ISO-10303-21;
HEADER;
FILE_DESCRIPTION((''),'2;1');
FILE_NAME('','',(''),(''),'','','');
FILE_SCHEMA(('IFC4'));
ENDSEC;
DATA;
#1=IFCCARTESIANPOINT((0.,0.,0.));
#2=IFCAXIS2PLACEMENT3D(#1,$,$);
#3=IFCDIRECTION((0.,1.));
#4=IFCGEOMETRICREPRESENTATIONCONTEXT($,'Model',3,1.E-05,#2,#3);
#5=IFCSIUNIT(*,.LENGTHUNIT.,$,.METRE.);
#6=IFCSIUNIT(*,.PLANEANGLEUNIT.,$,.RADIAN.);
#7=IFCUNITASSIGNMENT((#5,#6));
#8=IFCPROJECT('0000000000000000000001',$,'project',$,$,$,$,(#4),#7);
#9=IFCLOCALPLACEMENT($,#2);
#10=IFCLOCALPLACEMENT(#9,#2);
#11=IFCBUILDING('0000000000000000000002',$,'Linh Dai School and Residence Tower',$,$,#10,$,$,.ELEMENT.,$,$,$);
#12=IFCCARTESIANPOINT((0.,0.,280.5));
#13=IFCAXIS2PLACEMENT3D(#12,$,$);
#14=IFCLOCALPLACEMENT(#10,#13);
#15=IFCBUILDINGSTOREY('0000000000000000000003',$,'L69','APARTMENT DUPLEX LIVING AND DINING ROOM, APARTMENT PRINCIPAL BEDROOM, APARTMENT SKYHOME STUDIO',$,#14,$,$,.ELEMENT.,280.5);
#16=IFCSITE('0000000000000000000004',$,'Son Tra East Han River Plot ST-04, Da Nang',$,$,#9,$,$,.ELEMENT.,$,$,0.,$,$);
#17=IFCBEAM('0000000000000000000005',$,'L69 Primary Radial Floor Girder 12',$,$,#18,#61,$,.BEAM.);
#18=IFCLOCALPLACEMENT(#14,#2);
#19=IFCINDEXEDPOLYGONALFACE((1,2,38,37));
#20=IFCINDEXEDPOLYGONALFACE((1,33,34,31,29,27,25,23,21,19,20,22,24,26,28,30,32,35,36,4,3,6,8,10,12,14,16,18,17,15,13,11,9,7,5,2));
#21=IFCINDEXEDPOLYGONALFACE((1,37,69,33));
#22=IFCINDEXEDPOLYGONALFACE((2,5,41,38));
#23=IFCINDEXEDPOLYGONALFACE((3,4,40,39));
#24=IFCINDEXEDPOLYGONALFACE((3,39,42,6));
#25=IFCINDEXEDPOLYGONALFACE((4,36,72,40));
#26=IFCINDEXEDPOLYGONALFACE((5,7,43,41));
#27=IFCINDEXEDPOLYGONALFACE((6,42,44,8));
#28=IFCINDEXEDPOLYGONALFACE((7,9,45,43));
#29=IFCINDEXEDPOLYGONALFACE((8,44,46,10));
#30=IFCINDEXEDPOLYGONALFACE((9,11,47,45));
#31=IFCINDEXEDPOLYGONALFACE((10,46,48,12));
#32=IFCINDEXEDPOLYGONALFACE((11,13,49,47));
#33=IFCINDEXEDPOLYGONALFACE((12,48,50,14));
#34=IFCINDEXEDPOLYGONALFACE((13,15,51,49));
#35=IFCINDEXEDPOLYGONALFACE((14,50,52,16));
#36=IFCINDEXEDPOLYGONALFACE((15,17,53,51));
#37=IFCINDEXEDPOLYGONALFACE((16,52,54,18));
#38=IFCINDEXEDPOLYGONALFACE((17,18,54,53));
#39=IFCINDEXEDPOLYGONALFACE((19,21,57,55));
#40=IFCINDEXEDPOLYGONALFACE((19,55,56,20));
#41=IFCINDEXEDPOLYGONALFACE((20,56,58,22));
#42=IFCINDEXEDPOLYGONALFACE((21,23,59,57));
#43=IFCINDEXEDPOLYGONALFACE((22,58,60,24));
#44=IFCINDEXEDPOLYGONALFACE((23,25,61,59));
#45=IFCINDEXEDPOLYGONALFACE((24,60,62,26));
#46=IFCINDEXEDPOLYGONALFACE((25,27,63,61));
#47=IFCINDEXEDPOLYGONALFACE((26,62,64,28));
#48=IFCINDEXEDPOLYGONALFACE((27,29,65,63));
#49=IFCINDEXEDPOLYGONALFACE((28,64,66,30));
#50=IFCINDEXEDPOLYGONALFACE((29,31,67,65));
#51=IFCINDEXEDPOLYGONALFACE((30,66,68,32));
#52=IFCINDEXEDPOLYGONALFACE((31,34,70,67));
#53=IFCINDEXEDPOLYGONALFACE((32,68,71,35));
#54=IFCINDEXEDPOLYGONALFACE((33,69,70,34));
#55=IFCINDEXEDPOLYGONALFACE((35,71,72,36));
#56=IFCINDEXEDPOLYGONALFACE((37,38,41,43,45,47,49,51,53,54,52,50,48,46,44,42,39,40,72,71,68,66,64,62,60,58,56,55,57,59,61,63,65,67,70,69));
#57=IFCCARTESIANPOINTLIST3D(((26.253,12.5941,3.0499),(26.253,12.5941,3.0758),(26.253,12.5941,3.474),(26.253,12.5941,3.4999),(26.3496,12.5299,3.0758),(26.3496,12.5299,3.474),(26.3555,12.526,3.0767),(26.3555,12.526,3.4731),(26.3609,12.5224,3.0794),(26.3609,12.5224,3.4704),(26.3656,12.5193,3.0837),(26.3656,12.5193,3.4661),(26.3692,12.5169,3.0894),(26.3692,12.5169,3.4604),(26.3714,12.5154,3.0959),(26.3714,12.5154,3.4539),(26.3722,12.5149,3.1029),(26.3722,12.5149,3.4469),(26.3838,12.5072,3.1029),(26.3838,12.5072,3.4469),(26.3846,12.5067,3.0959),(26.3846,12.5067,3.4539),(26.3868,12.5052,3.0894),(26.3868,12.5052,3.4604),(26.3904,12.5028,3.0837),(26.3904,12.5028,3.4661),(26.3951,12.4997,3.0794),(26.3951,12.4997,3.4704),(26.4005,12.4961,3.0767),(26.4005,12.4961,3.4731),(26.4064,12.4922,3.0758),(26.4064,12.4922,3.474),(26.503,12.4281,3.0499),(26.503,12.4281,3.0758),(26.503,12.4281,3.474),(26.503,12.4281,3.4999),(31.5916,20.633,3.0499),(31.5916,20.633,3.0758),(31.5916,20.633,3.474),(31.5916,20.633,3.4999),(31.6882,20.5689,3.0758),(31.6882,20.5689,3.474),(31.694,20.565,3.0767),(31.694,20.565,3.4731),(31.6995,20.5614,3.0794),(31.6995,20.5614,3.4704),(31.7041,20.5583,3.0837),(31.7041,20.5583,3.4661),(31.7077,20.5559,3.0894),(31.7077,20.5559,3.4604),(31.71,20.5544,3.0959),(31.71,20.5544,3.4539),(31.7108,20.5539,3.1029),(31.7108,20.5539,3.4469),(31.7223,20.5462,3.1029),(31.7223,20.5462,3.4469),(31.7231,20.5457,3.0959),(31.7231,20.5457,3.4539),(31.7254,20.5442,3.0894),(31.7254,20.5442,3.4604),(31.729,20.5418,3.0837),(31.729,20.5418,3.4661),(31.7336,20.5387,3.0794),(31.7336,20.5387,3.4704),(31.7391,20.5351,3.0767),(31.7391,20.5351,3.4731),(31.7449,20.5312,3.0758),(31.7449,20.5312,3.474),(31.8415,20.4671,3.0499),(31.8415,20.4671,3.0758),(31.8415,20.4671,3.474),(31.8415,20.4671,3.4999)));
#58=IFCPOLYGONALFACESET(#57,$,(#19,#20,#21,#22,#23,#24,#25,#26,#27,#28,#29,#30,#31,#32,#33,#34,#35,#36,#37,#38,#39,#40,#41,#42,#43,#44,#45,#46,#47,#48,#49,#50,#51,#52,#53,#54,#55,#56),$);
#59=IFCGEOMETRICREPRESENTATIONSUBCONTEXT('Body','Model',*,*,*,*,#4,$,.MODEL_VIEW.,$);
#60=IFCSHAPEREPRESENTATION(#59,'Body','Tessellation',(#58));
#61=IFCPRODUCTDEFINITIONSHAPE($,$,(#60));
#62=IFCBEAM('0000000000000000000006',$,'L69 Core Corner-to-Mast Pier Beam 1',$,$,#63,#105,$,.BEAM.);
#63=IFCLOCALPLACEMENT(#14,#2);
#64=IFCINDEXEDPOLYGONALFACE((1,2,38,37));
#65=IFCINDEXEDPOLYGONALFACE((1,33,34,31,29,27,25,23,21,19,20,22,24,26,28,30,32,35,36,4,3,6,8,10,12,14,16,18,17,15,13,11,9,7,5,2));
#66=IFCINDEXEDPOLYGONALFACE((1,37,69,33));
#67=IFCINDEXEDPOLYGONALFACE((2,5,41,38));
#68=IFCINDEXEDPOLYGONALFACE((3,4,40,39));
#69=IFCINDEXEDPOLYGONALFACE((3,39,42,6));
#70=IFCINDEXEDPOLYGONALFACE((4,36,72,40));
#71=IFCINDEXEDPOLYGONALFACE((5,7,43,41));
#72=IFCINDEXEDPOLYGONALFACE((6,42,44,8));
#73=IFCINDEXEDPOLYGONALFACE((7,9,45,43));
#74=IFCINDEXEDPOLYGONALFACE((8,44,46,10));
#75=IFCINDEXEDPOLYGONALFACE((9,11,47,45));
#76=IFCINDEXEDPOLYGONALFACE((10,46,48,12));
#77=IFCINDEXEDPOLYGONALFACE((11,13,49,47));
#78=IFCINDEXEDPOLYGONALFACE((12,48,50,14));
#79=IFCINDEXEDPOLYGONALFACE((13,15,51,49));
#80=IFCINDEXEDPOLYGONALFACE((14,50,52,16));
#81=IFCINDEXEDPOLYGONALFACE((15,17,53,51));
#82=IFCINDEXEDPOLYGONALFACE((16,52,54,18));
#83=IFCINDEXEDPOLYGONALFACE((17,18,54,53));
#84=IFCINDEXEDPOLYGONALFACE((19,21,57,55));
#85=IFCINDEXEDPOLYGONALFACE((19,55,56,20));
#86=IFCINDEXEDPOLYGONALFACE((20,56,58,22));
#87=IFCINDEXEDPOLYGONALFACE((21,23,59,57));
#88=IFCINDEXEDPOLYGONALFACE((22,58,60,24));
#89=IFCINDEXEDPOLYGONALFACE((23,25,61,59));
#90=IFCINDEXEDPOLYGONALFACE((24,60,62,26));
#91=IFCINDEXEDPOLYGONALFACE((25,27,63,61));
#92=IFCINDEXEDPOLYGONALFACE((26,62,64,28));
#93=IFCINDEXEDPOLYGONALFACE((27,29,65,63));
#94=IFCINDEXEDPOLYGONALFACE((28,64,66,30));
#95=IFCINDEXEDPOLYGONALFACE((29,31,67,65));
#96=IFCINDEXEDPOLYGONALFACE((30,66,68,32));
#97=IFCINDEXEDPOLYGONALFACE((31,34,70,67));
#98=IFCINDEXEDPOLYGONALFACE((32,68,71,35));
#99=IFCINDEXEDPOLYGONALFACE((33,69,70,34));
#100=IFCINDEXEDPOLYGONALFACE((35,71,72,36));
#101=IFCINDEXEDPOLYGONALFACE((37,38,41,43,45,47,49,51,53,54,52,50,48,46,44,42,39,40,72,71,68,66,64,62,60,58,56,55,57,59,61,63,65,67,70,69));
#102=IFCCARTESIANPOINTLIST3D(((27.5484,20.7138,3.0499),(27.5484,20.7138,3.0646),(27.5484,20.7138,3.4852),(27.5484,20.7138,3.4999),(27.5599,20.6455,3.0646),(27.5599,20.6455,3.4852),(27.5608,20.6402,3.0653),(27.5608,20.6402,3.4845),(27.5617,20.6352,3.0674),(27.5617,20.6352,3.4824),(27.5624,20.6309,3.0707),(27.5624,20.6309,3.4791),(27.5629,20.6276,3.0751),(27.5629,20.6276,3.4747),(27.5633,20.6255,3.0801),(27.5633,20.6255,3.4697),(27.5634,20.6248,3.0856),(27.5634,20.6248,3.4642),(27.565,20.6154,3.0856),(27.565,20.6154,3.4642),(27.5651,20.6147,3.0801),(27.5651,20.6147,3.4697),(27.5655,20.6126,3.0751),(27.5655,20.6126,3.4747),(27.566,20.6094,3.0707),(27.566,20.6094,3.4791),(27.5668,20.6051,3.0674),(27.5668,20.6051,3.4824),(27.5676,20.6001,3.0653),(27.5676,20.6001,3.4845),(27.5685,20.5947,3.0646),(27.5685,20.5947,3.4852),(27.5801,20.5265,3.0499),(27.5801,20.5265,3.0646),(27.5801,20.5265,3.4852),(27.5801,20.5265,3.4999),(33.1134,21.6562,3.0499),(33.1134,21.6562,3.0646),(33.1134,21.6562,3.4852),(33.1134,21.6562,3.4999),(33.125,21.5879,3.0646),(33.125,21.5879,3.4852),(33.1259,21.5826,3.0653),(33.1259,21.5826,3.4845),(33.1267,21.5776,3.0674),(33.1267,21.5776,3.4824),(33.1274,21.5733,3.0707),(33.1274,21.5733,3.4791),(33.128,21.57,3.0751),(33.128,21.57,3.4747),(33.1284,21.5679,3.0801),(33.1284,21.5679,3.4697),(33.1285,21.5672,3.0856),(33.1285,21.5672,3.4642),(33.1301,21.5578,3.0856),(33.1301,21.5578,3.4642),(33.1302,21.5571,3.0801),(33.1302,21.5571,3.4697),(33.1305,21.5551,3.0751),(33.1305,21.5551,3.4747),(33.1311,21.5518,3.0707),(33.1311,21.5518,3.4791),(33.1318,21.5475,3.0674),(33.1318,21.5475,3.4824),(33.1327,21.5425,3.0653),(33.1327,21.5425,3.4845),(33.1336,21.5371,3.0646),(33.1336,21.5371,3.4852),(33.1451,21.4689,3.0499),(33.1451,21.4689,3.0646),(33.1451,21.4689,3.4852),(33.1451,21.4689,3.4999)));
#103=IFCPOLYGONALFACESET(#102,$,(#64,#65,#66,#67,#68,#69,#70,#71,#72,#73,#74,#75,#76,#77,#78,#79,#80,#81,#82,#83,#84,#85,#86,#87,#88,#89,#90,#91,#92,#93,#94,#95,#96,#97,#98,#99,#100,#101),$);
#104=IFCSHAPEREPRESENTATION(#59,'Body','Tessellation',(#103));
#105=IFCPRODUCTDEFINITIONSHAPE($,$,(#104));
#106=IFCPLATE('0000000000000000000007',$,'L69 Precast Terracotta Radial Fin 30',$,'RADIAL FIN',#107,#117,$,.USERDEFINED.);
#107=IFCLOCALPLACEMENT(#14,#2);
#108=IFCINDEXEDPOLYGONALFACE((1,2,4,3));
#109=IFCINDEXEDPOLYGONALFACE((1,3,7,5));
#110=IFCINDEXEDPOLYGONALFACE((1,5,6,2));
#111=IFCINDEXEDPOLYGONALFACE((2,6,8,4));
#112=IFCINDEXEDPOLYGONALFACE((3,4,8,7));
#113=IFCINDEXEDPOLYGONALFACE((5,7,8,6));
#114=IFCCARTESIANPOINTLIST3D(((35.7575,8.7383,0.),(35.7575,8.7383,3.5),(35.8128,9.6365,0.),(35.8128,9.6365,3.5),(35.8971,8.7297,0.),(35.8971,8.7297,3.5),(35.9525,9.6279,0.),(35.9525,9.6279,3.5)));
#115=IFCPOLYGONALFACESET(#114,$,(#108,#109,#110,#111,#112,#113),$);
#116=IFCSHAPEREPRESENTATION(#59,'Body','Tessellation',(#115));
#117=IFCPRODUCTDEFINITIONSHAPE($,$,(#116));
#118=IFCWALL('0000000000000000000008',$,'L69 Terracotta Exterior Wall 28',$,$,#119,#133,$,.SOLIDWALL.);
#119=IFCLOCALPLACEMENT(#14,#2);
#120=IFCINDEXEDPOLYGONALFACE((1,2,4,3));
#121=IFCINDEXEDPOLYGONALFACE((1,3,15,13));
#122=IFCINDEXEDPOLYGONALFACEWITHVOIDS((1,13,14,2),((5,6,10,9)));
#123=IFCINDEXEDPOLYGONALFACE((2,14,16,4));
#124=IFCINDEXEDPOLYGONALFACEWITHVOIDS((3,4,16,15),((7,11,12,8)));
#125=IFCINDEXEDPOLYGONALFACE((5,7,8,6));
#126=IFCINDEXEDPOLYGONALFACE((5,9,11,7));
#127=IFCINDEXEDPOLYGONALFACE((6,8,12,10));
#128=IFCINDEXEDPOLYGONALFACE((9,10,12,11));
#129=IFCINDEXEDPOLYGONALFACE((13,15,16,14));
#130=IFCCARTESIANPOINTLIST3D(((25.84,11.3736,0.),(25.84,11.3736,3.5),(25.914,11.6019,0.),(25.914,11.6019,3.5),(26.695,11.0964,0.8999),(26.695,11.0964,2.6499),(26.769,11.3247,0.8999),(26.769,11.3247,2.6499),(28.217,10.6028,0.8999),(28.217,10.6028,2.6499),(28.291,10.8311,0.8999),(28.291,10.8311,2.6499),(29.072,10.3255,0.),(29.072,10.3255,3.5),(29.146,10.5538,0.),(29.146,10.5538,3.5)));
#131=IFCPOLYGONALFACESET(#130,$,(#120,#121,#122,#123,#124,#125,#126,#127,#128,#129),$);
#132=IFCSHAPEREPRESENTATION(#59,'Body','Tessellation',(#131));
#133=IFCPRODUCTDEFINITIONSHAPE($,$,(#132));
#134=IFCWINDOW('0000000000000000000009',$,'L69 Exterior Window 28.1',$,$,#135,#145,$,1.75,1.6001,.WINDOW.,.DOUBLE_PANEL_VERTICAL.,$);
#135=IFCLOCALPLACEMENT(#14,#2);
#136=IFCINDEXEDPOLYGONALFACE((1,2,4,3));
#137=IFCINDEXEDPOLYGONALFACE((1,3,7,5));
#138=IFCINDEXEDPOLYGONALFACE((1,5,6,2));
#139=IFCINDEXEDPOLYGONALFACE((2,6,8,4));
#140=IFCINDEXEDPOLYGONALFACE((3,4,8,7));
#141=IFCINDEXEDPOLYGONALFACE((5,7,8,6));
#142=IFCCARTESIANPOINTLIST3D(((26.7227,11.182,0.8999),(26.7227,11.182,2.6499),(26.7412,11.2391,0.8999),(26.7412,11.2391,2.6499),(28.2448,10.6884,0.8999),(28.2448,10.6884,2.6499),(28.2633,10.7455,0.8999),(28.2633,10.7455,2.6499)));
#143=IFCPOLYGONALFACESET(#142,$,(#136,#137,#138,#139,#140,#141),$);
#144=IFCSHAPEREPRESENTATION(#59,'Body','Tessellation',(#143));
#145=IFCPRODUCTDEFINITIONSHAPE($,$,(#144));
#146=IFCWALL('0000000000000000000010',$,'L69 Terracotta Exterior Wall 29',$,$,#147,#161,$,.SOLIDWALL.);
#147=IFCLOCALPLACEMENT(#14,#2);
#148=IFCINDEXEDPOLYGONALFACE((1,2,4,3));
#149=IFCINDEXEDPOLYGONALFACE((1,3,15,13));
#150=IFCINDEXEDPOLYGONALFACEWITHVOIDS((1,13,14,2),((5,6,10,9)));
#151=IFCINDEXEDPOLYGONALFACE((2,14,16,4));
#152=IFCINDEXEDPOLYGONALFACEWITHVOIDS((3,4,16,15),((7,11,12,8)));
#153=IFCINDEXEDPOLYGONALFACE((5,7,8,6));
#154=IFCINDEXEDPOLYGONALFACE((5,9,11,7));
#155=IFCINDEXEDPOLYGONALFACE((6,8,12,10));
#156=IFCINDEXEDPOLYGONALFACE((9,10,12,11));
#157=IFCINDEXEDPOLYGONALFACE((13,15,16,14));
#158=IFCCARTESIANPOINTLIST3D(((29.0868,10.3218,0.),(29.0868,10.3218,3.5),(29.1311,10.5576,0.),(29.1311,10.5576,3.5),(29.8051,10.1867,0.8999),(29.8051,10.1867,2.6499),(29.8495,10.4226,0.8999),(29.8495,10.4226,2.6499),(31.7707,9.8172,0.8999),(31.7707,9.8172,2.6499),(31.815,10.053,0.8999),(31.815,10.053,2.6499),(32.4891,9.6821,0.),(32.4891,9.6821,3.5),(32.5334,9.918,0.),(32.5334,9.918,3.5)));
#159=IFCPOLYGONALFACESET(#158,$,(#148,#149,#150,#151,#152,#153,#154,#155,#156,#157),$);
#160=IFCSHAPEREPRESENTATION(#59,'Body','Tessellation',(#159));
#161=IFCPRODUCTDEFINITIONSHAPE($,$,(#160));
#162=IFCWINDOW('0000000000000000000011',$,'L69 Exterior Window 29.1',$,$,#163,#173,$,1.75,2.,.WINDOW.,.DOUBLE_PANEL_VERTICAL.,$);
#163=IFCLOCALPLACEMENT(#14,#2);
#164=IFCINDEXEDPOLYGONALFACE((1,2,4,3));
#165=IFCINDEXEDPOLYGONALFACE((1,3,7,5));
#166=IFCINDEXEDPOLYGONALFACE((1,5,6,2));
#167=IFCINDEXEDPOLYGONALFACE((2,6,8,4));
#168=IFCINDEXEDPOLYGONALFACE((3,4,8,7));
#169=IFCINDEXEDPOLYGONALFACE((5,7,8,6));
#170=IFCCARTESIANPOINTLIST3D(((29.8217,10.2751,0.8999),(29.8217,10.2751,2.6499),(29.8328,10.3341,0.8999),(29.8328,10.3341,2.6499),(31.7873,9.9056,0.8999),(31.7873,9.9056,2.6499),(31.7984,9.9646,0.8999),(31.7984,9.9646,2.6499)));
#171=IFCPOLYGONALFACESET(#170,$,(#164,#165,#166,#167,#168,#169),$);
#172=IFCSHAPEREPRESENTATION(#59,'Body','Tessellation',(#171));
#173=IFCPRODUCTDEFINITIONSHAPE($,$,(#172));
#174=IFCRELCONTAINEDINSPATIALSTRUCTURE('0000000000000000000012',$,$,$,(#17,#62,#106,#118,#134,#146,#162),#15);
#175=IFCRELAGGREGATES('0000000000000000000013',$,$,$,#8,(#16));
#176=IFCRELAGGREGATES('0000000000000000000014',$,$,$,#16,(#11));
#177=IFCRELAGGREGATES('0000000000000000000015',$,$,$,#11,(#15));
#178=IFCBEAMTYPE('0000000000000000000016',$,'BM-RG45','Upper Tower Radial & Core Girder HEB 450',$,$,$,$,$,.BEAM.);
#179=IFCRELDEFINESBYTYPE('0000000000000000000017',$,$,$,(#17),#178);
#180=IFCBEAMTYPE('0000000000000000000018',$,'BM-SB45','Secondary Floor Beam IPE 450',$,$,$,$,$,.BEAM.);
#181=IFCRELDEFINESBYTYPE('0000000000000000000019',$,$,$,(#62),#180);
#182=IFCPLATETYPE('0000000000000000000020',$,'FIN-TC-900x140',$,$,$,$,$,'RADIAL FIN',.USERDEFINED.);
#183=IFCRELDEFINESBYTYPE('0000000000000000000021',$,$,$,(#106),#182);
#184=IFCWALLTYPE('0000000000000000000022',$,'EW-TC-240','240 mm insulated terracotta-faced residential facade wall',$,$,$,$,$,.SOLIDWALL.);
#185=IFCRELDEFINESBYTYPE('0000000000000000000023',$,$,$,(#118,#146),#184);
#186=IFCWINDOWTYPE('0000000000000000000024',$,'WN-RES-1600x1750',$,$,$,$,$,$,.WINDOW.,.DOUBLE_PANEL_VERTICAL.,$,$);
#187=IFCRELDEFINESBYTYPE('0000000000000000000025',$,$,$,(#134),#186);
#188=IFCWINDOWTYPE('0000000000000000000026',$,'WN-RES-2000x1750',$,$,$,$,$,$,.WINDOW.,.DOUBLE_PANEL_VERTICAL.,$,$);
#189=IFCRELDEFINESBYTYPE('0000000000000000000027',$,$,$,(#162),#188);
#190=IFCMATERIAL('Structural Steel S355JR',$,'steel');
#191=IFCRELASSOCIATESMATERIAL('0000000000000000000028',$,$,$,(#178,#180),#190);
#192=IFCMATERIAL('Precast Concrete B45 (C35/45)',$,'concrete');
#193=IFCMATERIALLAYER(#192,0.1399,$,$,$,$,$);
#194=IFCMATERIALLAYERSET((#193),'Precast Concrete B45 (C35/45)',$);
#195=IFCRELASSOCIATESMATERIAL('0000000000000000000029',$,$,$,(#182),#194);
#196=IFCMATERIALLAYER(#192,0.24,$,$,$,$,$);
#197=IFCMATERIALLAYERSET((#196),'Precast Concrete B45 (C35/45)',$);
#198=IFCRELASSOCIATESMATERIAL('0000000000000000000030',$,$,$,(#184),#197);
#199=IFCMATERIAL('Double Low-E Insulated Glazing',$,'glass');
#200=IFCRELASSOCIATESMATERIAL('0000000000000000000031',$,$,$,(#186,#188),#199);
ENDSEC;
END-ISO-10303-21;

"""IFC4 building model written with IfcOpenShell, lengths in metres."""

from ifc_helpers import new_model, si_unit, direction, frame, frame_2d, origin, origin_2d, place, context, subcontext, project, spatial, rectangle, i_section, extrude, source, transform, mapped, material, layer, layer_set, material_profile, profile_set, type_object, element, fill, save


model = new_model("IFC4")

# Units and contexts
model_context = context("Model", 3, precision=1e-05, world=origin(), true_north=direction((0.0, 1.0)))
body_context = subcontext(model_context, "Body", "Model", "MODEL_VIEW")
ifc_project = project(units=[si_unit("LENGTHUNIT", "METRE"), si_unit("PLANEANGLEUNIT", "RADIAN")], contexts=[model_context])

# Site, building, storey
site_placement = place(None, origin())
site = spatial("IfcSite", under=ifc_project, at=site_placement, Name="Son Tra East Han River Plot ST-04, Da Nang", CompositionType="ELEMENT", RefElevation=0.0)
building_placement = place(site_placement, origin())
building = spatial("IfcBuilding", under=site, at=building_placement, Name="Linh Dai School and Residence Tower", CompositionType="ELEMENT")
storey_placement = place(building_placement, frame((0.0, 0.0, 280.5)))
storey = spatial("IfcBuildingStorey", under=building, at=storey_placement, Name="L69", Description="APARTMENT DUPLEX LIVING AND DINING ROOM, APARTMENT PRINCIPAL BEDROOM, APARTMENT SKYHOME STUDIO", CompositionType="ELEMENT", Elevation=280.5)

# Shared definitions
ifc_material_1 = material(Name="Structural Steel S355JR", Category="steel")

# Beams
ifc_material_profile_1 = material_profile(ifc_material_1, i_section(OverallWidth=0.3, OverallDepth=0.45, WebThickness=0.0139, FlangeThickness=0.0259, FilletRadius=0.0271, at=origin_2d()), Name="HEB 450")
ifc_profile_set_1 = profile_set([ifc_material_profile_1], Name="Structural Steel S355JR")
beam_type_1 = type_object("IfcBeamType", Name="BM-RG45", Description="Upper Tower Radial & Core Girder HEB 450", PredefinedType="BEAM", material=ifc_profile_set_1)
beam_1_placement = place(storey_placement, frame((31.7166, 20.55, 3.2749), z_axis=(-0.553211, -0.833041, 0.0), x_axis=(0.833041, -0.553211, 0.0)))
element("IfcBeam", 1, at=beam_1_placement, inside=storey, type_object=beam_type_1, Name="L69 Primary Radial Floor Girder 12", PredefinedType="BEAM", context=body_context, shape_type="SweptSolid", body=[
    extrude(i_section(OverallWidth=0.3, OverallDepth=0.45, WebThickness=0.0139, FlangeThickness=0.0259, FilletRadius=0.0271, at=origin_2d()), origin(), (0.0, 0.0, 1.0), 9.6501),
])
ifc_material_profile_2 = material_profile(ifc_material_1, i_section(OverallWidth=0.1899, OverallDepth=0.45, WebThickness=0.0095, FlangeThickness=0.0146, FilletRadius=0.021, at=origin_2d()), Name="IPE 450")
ifc_profile_set_2 = profile_set([ifc_material_profile_2], Name="Structural Steel S355JR")
beam_type_2 = type_object("IfcBeamType", Name="BM-SB45", Description="Secondary Floor Beam IPE 450", PredefinedType="BEAM", material=ifc_profile_set_2)
beam_2_placement = place(storey_placement, frame((27.5642, 20.6201, 3.2749), z_axis=(0.985963, 0.166966, 0.0), x_axis=(-0.166966, 0.985963, 0.0)))
element("IfcBeam", 2, at=beam_2_placement, inside=storey, type_object=beam_type_2, Name="L69 Core Corner-to-Mast Pier Beam 1", PredefinedType="BEAM", context=body_context, shape_type="SweptSolid", body=[
    extrude(i_section(OverallWidth=0.1899, OverallDepth=0.45, WebThickness=0.0095, FlangeThickness=0.0146, FilletRadius=0.021, at=origin_2d()), origin(), (0.0, 0.0, 1.0), 5.6443),
])

# Plate
ifc_material_2 = material(Name="Precast Concrete B45 (C35/45)", Category="concrete")
ifc_layer_1 = layer(ifc_material_2, 0.1399)
ifc_layer_set_1 = layer_set([ifc_layer_1], Name="Precast Concrete B45 (C35/45)")
plate_type = type_object("IfcPlateType", Name="FIN-TC-900x140", ElementType="RADIAL FIN", PredefinedType="USERDEFINED", material=ifc_layer_set_1)
shared_shape_1 = source(origin(), body_context, "Body", "SweptSolid", [
    extrude(rectangle(XDim=0.8999, YDim=0.1399, at=origin_2d()), origin(), (0.0, 0.0, 1.0), 3.5),
])
plate_placement = place(storey_placement, frame((35.855, 9.1831, 0.0), z_axis=(0.0, 0.0, 1.0), x_axis=(-0.06151, -0.998106, 0.0)))
element("IfcPlate", 3, at=plate_placement, inside=storey, type_object=plate_type, Name="L69 Precast Terracotta Radial Fin 30", ObjectType="RADIAL FIN", PredefinedType="USERDEFINED", context=body_context, shape_type="MappedRepresentation", body=[
    mapped(shared_shape_1, transform((0.0, 0.0, 0.0), x_axis=(1.0, 0.0, 0.0), y_axis=(0.0, 1.0, 0.0), z_axis=(0.0, 0.0, 1.0), scale=1.0)),
])

# Walls, openings, windows
ifc_layer_2 = layer(ifc_material_2, 0.24)
ifc_layer_set_2 = layer_set([ifc_layer_2], Name="Precast Concrete B45 (C35/45)")
wall_type_1 = type_object("IfcWallType", Name="EW-TC-240", Description="240 mm insulated terracotta-faced residential facade wall", PredefinedType="SOLIDWALL", material=ifc_layer_set_2)
wall_1_placement = place(storey_placement, frame((29.1089, 10.4397, 0.0), z_axis=(0.0, 0.0, 1.0), x_axis=(-0.951231, 0.308478, 0.0)))
wall_1 = element("IfcWall", 4, at=wall_1_placement, inside=storey, type_object=wall_type_1, Name="L69 Terracotta Exterior Wall 28", PredefinedType="SOLIDWALL", context=body_context, shape_type="SweptSolid", body=[
    extrude(rectangle(XDim=3.3977, YDim=0.24, at=frame_2d((1.6987, 0.0))), origin(), (0.0, 0.0, 1.0), 3.5),
])
opening_1_placement = place(wall_1_placement, frame((0.8987, 0.0, 0.8999)))
opening_1 = element("IfcOpeningElement", 5, at=opening_1_placement, cuts=wall_1, PredefinedType="OPENING", context=body_context, shape_type="SweptSolid", body=[
    extrude(rectangle(XDim=1.6001, YDim=1.75, at=origin_2d()), frame((0.8, 0.1299, 0.875), z_axis=(0.0, -1.0, 0.0), x_axis=(1.0, 0.0, 0.0)), (0.0, 0.0, 1.0), 0.26),
])
ifc_material_3 = material(Name="Double Low-E Insulated Glazing", Category="glass")
window_type_1 = type_object("IfcWindowType", Name="WN-RES-1600x1750", PartitioningType="DOUBLE_PANEL_VERTICAL", PredefinedType="WINDOW", material=ifc_material_3)
shared_shape_2 = source(origin(), body_context, "Body", "SweptSolid", [
    extrude(rectangle(XDim=1.6001, YDim=1.75, at=origin_2d()), frame((0.8, 0.03, 0.875), z_axis=(0.0, -1.0, 0.0), x_axis=(1.0, 0.0, 0.0)), (0.0, 0.0, 1.0), 0.0601),
])
window_1_placement = place(opening_1_placement, origin())
window_1 = element("IfcWindow", 6, at=window_1_placement, inside=storey, type_object=window_type_1, Name="L69 Exterior Window 28.1", OverallHeight=1.75, OverallWidth=1.6001, PartitioningType="DOUBLE_PANEL_VERTICAL", PredefinedType="WINDOW", context=body_context, shape_type="MappedRepresentation", body=[
    mapped(shared_shape_2, transform((0.0, 0.0, 0.0), x_axis=(1.0, 0.0, 0.0), y_axis=(0.0, 1.0, 0.0), z_axis=(0.0, 0.0, 1.0), scale=1.0)),
])
fill(opening_1, window_1)
wall_2_placement = place(storey_placement, frame((32.5112, 9.8, 0.0), z_axis=(0.0, 0.0, 1.0), x_axis=(-0.982783, 0.184765, 0.0)))
wall_2 = element("IfcWall", 7, at=wall_2_placement, inside=storey, type_object=wall_type_1, Name="L69 Terracotta Exterior Wall 29", PredefinedType="SOLIDWALL", context=body_context, shape_type="SweptSolid", body=[
    extrude(rectangle(XDim=3.4619, YDim=0.24, at=frame_2d((1.731, 0.0))), origin(), (0.0, 0.0, 1.0), 3.5),
])
opening_2_placement = place(wall_2_placement, frame((0.731, 0.0, 0.8999)))
opening_2 = element("IfcOpeningElement", 8, at=opening_2_placement, cuts=wall_2, PredefinedType="OPENING", context=body_context, shape_type="SweptSolid", body=[
    extrude(rectangle(XDim=2.0, YDim=1.75, at=origin_2d()), frame((1.0, 0.1299, 0.875), z_axis=(0.0, -1.0, 0.0), x_axis=(1.0, 0.0, 0.0)), (0.0, 0.0, 1.0), 0.26),
])
window_type_2 = type_object("IfcWindowType", Name="WN-RES-2000x1750", PartitioningType="DOUBLE_PANEL_VERTICAL", PredefinedType="WINDOW", material=ifc_material_3)
shared_shape_3 = source(origin(), body_context, "Body", "SweptSolid", [
    extrude(rectangle(XDim=2.0, YDim=1.75, at=origin_2d()), frame((1.0, 0.03, 0.875), z_axis=(0.0, -1.0, 0.0), x_axis=(1.0, 0.0, 0.0)), (0.0, 0.0, 1.0), 0.0601),
])
window_2_placement = place(opening_2_placement, origin())
window_2 = element("IfcWindow", 9, at=window_2_placement, inside=storey, type_object=window_type_2, Name="L69 Exterior Window 29.1", OverallHeight=1.75, OverallWidth=2.0, PartitioningType="DOUBLE_PANEL_VERTICAL", PredefinedType="WINDOW", context=body_context, shape_type="MappedRepresentation", body=[
    mapped(shared_shape_3, transform((0.0, 0.0, 0.0), x_axis=(1.0, 0.0, 0.0), y_axis=(0.0, 1.0, 0.0), z_axis=(0.0, 0.0, 1.0), scale=1.0)),
])
fill(opening_2, window_2)

save(model, "model.ifc")
